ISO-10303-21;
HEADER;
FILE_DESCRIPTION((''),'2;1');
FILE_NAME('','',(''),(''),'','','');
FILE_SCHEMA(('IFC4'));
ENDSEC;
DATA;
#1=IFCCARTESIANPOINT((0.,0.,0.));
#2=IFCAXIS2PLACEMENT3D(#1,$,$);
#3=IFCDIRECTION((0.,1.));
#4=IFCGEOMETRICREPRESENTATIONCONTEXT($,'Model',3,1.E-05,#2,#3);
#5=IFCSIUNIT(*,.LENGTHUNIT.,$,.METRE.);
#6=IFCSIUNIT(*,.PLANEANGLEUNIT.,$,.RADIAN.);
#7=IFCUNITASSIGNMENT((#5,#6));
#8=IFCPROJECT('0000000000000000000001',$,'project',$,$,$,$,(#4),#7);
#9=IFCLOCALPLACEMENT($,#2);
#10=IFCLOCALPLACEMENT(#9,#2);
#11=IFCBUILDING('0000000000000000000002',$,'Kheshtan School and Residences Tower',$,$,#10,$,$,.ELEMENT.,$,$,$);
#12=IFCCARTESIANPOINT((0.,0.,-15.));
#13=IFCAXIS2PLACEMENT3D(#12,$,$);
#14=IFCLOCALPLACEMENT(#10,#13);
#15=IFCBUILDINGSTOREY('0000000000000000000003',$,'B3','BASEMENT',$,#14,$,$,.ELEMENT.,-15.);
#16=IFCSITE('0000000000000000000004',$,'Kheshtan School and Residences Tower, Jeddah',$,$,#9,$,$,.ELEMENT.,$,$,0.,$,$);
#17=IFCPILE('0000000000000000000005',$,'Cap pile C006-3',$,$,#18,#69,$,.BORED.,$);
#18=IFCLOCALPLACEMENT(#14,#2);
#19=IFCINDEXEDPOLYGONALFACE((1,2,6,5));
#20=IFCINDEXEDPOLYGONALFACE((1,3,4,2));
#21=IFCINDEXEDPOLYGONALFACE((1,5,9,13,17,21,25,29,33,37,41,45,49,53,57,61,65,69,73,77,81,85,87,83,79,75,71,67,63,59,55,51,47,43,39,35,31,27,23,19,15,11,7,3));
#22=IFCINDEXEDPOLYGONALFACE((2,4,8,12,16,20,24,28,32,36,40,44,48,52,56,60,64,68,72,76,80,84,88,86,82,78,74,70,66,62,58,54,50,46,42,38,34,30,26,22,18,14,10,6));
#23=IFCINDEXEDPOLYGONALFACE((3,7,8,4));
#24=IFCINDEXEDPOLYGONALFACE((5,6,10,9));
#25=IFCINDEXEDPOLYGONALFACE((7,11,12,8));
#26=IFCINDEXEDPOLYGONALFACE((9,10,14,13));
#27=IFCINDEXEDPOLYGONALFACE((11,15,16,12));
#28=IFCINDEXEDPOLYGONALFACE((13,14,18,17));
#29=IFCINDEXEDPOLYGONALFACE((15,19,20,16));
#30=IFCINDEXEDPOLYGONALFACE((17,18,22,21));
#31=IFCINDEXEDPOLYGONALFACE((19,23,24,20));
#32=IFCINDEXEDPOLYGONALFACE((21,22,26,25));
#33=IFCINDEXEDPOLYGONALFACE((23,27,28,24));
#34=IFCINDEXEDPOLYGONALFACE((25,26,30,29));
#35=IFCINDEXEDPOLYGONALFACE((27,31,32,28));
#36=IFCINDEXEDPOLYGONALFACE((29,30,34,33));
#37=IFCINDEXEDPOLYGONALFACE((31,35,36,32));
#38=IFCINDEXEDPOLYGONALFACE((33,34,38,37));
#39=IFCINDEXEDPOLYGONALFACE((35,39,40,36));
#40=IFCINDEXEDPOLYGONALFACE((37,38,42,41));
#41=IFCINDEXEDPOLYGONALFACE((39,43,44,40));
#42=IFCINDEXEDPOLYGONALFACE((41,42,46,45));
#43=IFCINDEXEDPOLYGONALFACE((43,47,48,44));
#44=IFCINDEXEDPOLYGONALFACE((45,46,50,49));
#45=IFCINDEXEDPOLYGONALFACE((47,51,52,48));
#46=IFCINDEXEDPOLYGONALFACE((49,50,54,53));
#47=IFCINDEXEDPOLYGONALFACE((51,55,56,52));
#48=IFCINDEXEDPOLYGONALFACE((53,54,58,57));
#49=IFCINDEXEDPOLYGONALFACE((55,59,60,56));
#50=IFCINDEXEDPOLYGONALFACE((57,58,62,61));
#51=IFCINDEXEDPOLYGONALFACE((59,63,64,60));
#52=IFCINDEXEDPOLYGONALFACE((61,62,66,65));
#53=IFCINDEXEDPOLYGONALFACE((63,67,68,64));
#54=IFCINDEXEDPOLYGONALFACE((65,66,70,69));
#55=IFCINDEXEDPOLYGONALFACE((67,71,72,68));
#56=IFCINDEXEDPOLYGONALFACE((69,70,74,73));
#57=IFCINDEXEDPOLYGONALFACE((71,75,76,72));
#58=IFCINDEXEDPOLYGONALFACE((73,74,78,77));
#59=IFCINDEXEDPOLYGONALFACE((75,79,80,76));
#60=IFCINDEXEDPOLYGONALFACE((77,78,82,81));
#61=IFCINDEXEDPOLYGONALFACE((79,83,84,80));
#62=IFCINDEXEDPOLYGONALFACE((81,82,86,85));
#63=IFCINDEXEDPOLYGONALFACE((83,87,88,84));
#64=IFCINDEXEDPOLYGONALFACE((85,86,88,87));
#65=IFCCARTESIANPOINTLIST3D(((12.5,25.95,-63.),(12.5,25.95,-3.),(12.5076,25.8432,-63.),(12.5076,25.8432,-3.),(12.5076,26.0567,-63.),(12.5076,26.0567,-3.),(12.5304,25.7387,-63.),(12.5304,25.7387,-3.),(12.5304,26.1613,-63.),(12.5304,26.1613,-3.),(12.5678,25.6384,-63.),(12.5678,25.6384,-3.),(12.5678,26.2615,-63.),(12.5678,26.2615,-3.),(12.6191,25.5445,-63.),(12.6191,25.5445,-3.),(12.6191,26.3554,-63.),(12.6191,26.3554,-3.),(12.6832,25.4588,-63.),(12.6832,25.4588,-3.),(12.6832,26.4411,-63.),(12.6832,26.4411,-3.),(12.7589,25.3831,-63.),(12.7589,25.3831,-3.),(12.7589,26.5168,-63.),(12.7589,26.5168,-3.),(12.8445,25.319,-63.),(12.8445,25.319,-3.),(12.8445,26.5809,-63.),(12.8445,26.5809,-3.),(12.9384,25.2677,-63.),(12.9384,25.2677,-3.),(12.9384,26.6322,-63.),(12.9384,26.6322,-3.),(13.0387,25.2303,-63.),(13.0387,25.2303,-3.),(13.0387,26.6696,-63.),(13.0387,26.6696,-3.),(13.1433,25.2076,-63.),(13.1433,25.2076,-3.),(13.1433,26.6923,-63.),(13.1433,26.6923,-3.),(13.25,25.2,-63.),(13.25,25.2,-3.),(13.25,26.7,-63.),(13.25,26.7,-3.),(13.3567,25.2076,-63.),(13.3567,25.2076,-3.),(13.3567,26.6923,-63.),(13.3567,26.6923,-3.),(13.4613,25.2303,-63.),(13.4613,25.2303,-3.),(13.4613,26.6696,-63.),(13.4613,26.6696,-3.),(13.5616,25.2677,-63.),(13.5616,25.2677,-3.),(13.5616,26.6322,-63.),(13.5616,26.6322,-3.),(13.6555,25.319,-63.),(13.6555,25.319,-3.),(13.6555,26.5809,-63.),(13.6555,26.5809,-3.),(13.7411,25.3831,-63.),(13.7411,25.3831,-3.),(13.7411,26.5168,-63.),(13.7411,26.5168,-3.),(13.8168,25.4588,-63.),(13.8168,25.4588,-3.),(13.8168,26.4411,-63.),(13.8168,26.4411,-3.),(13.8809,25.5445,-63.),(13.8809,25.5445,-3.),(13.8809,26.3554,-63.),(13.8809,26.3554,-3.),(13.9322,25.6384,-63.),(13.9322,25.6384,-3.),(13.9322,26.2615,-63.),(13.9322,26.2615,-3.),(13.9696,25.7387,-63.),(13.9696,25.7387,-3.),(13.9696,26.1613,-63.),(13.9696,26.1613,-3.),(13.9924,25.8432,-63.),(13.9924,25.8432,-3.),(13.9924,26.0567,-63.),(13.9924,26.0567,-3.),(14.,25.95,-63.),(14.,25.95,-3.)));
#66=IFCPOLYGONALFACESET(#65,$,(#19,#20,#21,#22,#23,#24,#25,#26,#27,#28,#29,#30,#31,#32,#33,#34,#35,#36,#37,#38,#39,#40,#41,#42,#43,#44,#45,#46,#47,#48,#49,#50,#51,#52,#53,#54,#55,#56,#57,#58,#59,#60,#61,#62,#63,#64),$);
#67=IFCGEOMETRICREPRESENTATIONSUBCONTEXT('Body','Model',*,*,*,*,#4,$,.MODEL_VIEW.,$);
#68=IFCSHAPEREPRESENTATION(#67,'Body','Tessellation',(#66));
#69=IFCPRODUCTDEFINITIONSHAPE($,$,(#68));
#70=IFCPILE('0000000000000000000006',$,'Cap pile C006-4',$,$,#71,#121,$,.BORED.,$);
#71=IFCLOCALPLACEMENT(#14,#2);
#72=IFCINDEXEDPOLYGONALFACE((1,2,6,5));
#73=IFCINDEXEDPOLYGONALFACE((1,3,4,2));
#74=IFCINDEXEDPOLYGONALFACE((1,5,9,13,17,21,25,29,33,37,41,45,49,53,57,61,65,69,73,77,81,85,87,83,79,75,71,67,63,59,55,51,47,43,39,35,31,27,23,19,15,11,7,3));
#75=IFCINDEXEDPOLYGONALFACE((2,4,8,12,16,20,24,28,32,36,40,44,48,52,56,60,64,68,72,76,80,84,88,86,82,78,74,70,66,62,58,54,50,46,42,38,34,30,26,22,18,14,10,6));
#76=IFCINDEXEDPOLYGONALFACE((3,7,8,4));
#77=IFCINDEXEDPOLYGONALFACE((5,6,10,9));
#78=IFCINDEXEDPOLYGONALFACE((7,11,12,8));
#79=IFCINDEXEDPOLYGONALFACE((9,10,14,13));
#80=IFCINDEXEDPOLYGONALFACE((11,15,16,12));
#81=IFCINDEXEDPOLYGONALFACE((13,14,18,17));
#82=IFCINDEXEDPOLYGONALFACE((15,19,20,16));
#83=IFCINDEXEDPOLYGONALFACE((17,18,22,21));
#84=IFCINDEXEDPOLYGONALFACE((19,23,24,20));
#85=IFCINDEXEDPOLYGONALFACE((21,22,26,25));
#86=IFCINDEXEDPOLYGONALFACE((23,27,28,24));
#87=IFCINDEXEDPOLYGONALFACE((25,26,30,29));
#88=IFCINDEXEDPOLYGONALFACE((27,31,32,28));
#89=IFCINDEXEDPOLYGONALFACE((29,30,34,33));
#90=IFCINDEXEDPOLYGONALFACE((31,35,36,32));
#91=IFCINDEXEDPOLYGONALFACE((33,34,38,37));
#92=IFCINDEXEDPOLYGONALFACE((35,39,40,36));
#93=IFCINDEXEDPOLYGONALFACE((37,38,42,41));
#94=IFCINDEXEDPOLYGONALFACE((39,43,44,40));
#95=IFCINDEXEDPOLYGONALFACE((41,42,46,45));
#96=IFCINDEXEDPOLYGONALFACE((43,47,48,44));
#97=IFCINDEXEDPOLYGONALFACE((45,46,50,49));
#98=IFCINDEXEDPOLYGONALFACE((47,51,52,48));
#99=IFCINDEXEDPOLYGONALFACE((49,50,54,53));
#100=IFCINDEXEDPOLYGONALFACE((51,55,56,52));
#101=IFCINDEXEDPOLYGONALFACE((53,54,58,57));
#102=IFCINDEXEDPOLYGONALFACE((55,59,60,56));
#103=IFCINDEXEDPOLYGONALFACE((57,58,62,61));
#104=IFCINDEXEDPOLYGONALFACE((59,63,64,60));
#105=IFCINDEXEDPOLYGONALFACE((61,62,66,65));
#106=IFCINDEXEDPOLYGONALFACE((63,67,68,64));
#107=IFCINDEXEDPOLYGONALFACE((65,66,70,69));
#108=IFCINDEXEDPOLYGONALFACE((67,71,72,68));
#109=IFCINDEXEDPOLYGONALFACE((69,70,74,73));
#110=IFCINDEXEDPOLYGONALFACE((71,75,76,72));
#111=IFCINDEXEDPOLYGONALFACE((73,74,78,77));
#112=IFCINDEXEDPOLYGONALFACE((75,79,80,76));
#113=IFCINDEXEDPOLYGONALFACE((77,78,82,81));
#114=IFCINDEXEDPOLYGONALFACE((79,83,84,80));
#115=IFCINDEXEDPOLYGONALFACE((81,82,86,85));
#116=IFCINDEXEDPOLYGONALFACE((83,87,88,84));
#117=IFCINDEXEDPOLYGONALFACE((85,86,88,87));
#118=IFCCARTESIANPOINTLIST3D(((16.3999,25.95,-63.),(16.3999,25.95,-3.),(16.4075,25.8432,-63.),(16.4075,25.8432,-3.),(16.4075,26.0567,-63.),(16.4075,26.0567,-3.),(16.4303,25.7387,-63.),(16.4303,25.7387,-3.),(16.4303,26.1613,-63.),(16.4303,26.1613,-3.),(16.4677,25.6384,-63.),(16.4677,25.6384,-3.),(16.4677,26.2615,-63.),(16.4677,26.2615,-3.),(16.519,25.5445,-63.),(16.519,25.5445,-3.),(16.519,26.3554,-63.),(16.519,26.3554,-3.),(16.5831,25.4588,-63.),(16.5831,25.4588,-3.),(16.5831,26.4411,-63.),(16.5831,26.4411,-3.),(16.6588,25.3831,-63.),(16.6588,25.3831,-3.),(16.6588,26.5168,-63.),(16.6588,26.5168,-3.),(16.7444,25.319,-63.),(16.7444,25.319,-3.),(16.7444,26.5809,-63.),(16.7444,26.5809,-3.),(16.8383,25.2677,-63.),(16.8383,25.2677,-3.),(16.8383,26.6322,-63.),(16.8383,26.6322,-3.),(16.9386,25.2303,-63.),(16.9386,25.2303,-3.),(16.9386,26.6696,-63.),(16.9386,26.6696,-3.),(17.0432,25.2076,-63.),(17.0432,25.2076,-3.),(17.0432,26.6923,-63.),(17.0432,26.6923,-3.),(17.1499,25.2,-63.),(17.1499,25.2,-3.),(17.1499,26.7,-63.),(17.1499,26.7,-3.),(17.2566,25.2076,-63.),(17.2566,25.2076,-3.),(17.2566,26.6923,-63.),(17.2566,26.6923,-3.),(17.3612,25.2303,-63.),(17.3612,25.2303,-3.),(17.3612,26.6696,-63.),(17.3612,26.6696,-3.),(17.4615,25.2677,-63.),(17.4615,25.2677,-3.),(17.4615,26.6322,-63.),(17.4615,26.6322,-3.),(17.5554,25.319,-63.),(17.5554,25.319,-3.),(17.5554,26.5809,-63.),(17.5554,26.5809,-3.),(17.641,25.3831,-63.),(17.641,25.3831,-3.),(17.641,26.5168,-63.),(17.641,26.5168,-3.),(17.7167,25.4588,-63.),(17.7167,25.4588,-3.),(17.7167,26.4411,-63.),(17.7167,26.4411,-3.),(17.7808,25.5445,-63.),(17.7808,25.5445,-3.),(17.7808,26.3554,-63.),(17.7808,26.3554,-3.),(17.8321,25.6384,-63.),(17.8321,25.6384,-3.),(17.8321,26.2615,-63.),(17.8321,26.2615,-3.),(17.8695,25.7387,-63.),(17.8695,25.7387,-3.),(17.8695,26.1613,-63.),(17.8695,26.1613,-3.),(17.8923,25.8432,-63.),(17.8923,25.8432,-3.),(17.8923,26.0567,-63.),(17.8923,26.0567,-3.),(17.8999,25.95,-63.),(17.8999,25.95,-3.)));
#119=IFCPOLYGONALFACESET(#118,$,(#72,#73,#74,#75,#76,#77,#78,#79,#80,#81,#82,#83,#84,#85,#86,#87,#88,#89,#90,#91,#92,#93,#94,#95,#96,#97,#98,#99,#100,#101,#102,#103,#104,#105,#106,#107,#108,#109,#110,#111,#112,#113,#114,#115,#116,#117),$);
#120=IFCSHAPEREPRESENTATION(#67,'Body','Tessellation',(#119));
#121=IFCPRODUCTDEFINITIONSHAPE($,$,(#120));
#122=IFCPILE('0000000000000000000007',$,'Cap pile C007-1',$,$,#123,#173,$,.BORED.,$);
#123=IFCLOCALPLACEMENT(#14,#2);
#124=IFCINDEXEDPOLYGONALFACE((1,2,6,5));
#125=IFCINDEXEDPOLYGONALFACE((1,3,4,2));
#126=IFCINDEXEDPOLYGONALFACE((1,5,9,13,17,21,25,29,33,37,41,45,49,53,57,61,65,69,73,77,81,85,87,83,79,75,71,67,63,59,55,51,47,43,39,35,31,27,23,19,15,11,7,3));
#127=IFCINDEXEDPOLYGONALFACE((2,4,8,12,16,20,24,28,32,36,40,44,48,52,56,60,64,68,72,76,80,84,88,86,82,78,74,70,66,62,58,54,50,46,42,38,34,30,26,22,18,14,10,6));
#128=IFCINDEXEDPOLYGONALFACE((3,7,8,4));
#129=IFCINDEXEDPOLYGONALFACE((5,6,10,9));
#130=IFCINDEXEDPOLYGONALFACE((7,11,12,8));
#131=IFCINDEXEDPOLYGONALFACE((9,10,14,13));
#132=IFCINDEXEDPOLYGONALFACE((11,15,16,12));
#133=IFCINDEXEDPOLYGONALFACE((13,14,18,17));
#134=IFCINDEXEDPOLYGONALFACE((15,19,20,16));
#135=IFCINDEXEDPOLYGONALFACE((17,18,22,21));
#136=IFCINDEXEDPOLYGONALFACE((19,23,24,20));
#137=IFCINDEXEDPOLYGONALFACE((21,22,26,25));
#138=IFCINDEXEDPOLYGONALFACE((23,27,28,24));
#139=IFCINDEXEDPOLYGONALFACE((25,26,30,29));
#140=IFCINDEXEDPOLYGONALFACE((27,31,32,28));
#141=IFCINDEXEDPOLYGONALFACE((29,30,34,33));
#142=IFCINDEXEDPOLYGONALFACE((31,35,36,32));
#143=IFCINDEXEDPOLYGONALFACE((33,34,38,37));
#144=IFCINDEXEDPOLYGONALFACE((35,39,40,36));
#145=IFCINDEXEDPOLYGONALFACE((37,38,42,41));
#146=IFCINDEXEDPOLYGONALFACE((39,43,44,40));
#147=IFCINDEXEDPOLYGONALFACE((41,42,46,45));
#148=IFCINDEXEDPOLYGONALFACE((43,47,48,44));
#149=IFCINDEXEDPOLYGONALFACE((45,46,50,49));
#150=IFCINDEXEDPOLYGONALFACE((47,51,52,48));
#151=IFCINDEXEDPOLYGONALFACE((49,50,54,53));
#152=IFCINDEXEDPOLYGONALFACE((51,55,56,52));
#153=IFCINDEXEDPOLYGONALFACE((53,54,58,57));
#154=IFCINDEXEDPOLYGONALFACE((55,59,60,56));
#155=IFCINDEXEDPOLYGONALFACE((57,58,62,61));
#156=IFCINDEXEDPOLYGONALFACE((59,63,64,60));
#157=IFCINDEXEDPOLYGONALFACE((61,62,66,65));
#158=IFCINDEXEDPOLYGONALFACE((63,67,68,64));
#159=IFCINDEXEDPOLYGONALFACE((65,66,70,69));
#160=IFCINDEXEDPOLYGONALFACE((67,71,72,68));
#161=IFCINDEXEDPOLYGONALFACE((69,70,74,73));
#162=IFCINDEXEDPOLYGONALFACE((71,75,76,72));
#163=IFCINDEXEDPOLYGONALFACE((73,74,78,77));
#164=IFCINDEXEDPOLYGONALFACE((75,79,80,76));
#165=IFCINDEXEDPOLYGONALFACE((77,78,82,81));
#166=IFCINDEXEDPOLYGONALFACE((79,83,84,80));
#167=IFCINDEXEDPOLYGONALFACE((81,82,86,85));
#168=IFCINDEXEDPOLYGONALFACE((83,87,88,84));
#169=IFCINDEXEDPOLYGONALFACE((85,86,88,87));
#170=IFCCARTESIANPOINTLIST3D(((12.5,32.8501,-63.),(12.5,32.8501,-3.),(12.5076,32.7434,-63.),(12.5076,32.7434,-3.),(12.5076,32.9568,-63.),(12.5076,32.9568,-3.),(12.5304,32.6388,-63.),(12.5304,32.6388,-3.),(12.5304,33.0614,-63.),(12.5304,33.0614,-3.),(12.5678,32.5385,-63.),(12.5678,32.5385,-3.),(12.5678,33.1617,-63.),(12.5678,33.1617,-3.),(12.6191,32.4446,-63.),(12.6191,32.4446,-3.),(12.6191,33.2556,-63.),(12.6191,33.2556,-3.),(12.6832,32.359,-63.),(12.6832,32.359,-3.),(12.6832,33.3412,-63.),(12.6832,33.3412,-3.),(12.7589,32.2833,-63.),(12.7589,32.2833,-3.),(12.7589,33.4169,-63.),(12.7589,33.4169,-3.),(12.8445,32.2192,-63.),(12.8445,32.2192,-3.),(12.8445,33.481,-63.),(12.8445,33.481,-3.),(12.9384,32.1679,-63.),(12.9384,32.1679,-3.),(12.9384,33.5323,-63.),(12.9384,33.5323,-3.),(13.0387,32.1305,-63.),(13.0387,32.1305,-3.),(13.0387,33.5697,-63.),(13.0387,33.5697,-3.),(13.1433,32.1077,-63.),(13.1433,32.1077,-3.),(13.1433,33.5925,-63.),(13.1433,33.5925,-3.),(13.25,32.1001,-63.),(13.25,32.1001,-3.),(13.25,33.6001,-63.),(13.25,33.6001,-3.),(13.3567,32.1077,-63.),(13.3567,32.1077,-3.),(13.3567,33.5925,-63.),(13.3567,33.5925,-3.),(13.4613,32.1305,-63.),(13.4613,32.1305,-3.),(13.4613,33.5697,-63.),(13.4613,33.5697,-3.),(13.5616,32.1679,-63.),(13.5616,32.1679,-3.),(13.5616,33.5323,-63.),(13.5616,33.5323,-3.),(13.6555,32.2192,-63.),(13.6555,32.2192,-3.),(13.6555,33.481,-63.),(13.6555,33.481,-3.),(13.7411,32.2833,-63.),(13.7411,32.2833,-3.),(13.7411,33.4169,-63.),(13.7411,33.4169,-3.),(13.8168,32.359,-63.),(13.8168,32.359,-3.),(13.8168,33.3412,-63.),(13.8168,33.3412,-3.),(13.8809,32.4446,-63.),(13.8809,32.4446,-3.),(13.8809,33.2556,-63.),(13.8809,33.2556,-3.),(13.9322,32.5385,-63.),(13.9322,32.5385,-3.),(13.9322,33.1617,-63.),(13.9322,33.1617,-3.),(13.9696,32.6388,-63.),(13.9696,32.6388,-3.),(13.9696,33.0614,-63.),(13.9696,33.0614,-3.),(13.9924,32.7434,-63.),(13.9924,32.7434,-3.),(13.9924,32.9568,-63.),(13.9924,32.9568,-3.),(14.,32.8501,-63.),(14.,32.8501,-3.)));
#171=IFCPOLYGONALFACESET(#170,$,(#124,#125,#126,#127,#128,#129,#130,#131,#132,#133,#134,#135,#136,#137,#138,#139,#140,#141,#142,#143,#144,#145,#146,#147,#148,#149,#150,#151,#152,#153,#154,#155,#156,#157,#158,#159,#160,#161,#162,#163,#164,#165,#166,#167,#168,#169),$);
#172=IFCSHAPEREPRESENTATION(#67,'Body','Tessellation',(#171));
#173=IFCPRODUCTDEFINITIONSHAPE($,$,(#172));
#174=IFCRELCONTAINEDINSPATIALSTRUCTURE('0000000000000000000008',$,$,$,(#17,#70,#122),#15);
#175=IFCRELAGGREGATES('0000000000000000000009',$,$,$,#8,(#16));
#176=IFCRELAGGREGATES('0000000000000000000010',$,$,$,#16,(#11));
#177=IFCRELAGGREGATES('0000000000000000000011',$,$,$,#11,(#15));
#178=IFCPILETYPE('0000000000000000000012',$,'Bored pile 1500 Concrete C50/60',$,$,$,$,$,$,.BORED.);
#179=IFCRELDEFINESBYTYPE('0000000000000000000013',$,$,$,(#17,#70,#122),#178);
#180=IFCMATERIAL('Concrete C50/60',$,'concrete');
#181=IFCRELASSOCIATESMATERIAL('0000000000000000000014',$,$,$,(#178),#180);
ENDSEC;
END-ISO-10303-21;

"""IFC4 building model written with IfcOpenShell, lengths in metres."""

from ifc_helpers import new_model, si_unit, direction, frame, origin, origin_2d, place, context, subcontext, project, spatial, circle, extrude, material, material_profile, profile_set, type_object, element, save


model = new_model("IFC4")

# Units and contexts
model_context = context("Model", 3, precision=1e-05, world=origin(), true_north=direction((0.0, 1.0)))
body_context = subcontext(model_context, "Body", "Model", "MODEL_VIEW")
ifc_project = project(units=[si_unit("LENGTHUNIT", "METRE"), si_unit("PLANEANGLEUNIT", "RADIAN")], contexts=[model_context])

# Site, building, storey
site_placement = place(None, origin())
site = spatial("IfcSite", under=ifc_project, at=site_placement, Name="Kheshtan School and Residences Tower, Jeddah", CompositionType="ELEMENT", RefElevation=0.0)
building_placement = place(site_placement, origin())
building = spatial("IfcBuilding", under=site, at=building_placement, Name="Kheshtan School and Residences Tower", CompositionType="ELEMENT")
storey_placement = place(building_placement, frame((0.0, 0.0, -15.0)))
storey = spatial("IfcBuildingStorey", under=building, at=storey_placement, Name="B3", Description="BASEMENT", CompositionType="ELEMENT", Elevation=-15.0)

# Piles
ifc_material_1 = material(Name="Concrete C50/60", Category="concrete")
ifc_material_profile_1 = material_profile(ifc_material_1, circle(Radius=0.75, at=origin_2d()), Name="BP 1500")
ifc_profile_set_1 = profile_set([ifc_material_profile_1], Name="Concrete C50/60")
pile_type_1 = type_object("IfcPileType", Name="Bored pile 1500 Concrete C50/60", PredefinedType="BORED", material=ifc_profile_set_1)
for number, where, z_axis, x_axis, name in (
    (1, (13.25, 25.95, -3.0), (0.0, 0.0, -1.0), (1.0, 0.0, 0.0), "Cap pile C006-3"),
    (2, (17.1499, 25.95, -3.0), (0.0, 0.0, -1.0), (1.0, 0.0, 0.0), "Cap pile C006-4"),
    (3, (13.25, 32.8501, -3.0), (0.0, 0.0, -1.0), (1.0, 0.0, 0.0), "Cap pile C007-1"),
):
    element("IfcPile", number, at=place(storey_placement, frame(where, z_axis=z_axis, x_axis=x_axis)), inside=storey, type_object=pile_type_1, Name=name, PredefinedType="BORED", context=body_context, shape_type="SweptSolid", body=[
        extrude(circle(Radius=0.75, at=origin_2d()), origin(), (0.0, 0.0, 1.0), 60.0),
    ])

save(model, "model.ifc")
